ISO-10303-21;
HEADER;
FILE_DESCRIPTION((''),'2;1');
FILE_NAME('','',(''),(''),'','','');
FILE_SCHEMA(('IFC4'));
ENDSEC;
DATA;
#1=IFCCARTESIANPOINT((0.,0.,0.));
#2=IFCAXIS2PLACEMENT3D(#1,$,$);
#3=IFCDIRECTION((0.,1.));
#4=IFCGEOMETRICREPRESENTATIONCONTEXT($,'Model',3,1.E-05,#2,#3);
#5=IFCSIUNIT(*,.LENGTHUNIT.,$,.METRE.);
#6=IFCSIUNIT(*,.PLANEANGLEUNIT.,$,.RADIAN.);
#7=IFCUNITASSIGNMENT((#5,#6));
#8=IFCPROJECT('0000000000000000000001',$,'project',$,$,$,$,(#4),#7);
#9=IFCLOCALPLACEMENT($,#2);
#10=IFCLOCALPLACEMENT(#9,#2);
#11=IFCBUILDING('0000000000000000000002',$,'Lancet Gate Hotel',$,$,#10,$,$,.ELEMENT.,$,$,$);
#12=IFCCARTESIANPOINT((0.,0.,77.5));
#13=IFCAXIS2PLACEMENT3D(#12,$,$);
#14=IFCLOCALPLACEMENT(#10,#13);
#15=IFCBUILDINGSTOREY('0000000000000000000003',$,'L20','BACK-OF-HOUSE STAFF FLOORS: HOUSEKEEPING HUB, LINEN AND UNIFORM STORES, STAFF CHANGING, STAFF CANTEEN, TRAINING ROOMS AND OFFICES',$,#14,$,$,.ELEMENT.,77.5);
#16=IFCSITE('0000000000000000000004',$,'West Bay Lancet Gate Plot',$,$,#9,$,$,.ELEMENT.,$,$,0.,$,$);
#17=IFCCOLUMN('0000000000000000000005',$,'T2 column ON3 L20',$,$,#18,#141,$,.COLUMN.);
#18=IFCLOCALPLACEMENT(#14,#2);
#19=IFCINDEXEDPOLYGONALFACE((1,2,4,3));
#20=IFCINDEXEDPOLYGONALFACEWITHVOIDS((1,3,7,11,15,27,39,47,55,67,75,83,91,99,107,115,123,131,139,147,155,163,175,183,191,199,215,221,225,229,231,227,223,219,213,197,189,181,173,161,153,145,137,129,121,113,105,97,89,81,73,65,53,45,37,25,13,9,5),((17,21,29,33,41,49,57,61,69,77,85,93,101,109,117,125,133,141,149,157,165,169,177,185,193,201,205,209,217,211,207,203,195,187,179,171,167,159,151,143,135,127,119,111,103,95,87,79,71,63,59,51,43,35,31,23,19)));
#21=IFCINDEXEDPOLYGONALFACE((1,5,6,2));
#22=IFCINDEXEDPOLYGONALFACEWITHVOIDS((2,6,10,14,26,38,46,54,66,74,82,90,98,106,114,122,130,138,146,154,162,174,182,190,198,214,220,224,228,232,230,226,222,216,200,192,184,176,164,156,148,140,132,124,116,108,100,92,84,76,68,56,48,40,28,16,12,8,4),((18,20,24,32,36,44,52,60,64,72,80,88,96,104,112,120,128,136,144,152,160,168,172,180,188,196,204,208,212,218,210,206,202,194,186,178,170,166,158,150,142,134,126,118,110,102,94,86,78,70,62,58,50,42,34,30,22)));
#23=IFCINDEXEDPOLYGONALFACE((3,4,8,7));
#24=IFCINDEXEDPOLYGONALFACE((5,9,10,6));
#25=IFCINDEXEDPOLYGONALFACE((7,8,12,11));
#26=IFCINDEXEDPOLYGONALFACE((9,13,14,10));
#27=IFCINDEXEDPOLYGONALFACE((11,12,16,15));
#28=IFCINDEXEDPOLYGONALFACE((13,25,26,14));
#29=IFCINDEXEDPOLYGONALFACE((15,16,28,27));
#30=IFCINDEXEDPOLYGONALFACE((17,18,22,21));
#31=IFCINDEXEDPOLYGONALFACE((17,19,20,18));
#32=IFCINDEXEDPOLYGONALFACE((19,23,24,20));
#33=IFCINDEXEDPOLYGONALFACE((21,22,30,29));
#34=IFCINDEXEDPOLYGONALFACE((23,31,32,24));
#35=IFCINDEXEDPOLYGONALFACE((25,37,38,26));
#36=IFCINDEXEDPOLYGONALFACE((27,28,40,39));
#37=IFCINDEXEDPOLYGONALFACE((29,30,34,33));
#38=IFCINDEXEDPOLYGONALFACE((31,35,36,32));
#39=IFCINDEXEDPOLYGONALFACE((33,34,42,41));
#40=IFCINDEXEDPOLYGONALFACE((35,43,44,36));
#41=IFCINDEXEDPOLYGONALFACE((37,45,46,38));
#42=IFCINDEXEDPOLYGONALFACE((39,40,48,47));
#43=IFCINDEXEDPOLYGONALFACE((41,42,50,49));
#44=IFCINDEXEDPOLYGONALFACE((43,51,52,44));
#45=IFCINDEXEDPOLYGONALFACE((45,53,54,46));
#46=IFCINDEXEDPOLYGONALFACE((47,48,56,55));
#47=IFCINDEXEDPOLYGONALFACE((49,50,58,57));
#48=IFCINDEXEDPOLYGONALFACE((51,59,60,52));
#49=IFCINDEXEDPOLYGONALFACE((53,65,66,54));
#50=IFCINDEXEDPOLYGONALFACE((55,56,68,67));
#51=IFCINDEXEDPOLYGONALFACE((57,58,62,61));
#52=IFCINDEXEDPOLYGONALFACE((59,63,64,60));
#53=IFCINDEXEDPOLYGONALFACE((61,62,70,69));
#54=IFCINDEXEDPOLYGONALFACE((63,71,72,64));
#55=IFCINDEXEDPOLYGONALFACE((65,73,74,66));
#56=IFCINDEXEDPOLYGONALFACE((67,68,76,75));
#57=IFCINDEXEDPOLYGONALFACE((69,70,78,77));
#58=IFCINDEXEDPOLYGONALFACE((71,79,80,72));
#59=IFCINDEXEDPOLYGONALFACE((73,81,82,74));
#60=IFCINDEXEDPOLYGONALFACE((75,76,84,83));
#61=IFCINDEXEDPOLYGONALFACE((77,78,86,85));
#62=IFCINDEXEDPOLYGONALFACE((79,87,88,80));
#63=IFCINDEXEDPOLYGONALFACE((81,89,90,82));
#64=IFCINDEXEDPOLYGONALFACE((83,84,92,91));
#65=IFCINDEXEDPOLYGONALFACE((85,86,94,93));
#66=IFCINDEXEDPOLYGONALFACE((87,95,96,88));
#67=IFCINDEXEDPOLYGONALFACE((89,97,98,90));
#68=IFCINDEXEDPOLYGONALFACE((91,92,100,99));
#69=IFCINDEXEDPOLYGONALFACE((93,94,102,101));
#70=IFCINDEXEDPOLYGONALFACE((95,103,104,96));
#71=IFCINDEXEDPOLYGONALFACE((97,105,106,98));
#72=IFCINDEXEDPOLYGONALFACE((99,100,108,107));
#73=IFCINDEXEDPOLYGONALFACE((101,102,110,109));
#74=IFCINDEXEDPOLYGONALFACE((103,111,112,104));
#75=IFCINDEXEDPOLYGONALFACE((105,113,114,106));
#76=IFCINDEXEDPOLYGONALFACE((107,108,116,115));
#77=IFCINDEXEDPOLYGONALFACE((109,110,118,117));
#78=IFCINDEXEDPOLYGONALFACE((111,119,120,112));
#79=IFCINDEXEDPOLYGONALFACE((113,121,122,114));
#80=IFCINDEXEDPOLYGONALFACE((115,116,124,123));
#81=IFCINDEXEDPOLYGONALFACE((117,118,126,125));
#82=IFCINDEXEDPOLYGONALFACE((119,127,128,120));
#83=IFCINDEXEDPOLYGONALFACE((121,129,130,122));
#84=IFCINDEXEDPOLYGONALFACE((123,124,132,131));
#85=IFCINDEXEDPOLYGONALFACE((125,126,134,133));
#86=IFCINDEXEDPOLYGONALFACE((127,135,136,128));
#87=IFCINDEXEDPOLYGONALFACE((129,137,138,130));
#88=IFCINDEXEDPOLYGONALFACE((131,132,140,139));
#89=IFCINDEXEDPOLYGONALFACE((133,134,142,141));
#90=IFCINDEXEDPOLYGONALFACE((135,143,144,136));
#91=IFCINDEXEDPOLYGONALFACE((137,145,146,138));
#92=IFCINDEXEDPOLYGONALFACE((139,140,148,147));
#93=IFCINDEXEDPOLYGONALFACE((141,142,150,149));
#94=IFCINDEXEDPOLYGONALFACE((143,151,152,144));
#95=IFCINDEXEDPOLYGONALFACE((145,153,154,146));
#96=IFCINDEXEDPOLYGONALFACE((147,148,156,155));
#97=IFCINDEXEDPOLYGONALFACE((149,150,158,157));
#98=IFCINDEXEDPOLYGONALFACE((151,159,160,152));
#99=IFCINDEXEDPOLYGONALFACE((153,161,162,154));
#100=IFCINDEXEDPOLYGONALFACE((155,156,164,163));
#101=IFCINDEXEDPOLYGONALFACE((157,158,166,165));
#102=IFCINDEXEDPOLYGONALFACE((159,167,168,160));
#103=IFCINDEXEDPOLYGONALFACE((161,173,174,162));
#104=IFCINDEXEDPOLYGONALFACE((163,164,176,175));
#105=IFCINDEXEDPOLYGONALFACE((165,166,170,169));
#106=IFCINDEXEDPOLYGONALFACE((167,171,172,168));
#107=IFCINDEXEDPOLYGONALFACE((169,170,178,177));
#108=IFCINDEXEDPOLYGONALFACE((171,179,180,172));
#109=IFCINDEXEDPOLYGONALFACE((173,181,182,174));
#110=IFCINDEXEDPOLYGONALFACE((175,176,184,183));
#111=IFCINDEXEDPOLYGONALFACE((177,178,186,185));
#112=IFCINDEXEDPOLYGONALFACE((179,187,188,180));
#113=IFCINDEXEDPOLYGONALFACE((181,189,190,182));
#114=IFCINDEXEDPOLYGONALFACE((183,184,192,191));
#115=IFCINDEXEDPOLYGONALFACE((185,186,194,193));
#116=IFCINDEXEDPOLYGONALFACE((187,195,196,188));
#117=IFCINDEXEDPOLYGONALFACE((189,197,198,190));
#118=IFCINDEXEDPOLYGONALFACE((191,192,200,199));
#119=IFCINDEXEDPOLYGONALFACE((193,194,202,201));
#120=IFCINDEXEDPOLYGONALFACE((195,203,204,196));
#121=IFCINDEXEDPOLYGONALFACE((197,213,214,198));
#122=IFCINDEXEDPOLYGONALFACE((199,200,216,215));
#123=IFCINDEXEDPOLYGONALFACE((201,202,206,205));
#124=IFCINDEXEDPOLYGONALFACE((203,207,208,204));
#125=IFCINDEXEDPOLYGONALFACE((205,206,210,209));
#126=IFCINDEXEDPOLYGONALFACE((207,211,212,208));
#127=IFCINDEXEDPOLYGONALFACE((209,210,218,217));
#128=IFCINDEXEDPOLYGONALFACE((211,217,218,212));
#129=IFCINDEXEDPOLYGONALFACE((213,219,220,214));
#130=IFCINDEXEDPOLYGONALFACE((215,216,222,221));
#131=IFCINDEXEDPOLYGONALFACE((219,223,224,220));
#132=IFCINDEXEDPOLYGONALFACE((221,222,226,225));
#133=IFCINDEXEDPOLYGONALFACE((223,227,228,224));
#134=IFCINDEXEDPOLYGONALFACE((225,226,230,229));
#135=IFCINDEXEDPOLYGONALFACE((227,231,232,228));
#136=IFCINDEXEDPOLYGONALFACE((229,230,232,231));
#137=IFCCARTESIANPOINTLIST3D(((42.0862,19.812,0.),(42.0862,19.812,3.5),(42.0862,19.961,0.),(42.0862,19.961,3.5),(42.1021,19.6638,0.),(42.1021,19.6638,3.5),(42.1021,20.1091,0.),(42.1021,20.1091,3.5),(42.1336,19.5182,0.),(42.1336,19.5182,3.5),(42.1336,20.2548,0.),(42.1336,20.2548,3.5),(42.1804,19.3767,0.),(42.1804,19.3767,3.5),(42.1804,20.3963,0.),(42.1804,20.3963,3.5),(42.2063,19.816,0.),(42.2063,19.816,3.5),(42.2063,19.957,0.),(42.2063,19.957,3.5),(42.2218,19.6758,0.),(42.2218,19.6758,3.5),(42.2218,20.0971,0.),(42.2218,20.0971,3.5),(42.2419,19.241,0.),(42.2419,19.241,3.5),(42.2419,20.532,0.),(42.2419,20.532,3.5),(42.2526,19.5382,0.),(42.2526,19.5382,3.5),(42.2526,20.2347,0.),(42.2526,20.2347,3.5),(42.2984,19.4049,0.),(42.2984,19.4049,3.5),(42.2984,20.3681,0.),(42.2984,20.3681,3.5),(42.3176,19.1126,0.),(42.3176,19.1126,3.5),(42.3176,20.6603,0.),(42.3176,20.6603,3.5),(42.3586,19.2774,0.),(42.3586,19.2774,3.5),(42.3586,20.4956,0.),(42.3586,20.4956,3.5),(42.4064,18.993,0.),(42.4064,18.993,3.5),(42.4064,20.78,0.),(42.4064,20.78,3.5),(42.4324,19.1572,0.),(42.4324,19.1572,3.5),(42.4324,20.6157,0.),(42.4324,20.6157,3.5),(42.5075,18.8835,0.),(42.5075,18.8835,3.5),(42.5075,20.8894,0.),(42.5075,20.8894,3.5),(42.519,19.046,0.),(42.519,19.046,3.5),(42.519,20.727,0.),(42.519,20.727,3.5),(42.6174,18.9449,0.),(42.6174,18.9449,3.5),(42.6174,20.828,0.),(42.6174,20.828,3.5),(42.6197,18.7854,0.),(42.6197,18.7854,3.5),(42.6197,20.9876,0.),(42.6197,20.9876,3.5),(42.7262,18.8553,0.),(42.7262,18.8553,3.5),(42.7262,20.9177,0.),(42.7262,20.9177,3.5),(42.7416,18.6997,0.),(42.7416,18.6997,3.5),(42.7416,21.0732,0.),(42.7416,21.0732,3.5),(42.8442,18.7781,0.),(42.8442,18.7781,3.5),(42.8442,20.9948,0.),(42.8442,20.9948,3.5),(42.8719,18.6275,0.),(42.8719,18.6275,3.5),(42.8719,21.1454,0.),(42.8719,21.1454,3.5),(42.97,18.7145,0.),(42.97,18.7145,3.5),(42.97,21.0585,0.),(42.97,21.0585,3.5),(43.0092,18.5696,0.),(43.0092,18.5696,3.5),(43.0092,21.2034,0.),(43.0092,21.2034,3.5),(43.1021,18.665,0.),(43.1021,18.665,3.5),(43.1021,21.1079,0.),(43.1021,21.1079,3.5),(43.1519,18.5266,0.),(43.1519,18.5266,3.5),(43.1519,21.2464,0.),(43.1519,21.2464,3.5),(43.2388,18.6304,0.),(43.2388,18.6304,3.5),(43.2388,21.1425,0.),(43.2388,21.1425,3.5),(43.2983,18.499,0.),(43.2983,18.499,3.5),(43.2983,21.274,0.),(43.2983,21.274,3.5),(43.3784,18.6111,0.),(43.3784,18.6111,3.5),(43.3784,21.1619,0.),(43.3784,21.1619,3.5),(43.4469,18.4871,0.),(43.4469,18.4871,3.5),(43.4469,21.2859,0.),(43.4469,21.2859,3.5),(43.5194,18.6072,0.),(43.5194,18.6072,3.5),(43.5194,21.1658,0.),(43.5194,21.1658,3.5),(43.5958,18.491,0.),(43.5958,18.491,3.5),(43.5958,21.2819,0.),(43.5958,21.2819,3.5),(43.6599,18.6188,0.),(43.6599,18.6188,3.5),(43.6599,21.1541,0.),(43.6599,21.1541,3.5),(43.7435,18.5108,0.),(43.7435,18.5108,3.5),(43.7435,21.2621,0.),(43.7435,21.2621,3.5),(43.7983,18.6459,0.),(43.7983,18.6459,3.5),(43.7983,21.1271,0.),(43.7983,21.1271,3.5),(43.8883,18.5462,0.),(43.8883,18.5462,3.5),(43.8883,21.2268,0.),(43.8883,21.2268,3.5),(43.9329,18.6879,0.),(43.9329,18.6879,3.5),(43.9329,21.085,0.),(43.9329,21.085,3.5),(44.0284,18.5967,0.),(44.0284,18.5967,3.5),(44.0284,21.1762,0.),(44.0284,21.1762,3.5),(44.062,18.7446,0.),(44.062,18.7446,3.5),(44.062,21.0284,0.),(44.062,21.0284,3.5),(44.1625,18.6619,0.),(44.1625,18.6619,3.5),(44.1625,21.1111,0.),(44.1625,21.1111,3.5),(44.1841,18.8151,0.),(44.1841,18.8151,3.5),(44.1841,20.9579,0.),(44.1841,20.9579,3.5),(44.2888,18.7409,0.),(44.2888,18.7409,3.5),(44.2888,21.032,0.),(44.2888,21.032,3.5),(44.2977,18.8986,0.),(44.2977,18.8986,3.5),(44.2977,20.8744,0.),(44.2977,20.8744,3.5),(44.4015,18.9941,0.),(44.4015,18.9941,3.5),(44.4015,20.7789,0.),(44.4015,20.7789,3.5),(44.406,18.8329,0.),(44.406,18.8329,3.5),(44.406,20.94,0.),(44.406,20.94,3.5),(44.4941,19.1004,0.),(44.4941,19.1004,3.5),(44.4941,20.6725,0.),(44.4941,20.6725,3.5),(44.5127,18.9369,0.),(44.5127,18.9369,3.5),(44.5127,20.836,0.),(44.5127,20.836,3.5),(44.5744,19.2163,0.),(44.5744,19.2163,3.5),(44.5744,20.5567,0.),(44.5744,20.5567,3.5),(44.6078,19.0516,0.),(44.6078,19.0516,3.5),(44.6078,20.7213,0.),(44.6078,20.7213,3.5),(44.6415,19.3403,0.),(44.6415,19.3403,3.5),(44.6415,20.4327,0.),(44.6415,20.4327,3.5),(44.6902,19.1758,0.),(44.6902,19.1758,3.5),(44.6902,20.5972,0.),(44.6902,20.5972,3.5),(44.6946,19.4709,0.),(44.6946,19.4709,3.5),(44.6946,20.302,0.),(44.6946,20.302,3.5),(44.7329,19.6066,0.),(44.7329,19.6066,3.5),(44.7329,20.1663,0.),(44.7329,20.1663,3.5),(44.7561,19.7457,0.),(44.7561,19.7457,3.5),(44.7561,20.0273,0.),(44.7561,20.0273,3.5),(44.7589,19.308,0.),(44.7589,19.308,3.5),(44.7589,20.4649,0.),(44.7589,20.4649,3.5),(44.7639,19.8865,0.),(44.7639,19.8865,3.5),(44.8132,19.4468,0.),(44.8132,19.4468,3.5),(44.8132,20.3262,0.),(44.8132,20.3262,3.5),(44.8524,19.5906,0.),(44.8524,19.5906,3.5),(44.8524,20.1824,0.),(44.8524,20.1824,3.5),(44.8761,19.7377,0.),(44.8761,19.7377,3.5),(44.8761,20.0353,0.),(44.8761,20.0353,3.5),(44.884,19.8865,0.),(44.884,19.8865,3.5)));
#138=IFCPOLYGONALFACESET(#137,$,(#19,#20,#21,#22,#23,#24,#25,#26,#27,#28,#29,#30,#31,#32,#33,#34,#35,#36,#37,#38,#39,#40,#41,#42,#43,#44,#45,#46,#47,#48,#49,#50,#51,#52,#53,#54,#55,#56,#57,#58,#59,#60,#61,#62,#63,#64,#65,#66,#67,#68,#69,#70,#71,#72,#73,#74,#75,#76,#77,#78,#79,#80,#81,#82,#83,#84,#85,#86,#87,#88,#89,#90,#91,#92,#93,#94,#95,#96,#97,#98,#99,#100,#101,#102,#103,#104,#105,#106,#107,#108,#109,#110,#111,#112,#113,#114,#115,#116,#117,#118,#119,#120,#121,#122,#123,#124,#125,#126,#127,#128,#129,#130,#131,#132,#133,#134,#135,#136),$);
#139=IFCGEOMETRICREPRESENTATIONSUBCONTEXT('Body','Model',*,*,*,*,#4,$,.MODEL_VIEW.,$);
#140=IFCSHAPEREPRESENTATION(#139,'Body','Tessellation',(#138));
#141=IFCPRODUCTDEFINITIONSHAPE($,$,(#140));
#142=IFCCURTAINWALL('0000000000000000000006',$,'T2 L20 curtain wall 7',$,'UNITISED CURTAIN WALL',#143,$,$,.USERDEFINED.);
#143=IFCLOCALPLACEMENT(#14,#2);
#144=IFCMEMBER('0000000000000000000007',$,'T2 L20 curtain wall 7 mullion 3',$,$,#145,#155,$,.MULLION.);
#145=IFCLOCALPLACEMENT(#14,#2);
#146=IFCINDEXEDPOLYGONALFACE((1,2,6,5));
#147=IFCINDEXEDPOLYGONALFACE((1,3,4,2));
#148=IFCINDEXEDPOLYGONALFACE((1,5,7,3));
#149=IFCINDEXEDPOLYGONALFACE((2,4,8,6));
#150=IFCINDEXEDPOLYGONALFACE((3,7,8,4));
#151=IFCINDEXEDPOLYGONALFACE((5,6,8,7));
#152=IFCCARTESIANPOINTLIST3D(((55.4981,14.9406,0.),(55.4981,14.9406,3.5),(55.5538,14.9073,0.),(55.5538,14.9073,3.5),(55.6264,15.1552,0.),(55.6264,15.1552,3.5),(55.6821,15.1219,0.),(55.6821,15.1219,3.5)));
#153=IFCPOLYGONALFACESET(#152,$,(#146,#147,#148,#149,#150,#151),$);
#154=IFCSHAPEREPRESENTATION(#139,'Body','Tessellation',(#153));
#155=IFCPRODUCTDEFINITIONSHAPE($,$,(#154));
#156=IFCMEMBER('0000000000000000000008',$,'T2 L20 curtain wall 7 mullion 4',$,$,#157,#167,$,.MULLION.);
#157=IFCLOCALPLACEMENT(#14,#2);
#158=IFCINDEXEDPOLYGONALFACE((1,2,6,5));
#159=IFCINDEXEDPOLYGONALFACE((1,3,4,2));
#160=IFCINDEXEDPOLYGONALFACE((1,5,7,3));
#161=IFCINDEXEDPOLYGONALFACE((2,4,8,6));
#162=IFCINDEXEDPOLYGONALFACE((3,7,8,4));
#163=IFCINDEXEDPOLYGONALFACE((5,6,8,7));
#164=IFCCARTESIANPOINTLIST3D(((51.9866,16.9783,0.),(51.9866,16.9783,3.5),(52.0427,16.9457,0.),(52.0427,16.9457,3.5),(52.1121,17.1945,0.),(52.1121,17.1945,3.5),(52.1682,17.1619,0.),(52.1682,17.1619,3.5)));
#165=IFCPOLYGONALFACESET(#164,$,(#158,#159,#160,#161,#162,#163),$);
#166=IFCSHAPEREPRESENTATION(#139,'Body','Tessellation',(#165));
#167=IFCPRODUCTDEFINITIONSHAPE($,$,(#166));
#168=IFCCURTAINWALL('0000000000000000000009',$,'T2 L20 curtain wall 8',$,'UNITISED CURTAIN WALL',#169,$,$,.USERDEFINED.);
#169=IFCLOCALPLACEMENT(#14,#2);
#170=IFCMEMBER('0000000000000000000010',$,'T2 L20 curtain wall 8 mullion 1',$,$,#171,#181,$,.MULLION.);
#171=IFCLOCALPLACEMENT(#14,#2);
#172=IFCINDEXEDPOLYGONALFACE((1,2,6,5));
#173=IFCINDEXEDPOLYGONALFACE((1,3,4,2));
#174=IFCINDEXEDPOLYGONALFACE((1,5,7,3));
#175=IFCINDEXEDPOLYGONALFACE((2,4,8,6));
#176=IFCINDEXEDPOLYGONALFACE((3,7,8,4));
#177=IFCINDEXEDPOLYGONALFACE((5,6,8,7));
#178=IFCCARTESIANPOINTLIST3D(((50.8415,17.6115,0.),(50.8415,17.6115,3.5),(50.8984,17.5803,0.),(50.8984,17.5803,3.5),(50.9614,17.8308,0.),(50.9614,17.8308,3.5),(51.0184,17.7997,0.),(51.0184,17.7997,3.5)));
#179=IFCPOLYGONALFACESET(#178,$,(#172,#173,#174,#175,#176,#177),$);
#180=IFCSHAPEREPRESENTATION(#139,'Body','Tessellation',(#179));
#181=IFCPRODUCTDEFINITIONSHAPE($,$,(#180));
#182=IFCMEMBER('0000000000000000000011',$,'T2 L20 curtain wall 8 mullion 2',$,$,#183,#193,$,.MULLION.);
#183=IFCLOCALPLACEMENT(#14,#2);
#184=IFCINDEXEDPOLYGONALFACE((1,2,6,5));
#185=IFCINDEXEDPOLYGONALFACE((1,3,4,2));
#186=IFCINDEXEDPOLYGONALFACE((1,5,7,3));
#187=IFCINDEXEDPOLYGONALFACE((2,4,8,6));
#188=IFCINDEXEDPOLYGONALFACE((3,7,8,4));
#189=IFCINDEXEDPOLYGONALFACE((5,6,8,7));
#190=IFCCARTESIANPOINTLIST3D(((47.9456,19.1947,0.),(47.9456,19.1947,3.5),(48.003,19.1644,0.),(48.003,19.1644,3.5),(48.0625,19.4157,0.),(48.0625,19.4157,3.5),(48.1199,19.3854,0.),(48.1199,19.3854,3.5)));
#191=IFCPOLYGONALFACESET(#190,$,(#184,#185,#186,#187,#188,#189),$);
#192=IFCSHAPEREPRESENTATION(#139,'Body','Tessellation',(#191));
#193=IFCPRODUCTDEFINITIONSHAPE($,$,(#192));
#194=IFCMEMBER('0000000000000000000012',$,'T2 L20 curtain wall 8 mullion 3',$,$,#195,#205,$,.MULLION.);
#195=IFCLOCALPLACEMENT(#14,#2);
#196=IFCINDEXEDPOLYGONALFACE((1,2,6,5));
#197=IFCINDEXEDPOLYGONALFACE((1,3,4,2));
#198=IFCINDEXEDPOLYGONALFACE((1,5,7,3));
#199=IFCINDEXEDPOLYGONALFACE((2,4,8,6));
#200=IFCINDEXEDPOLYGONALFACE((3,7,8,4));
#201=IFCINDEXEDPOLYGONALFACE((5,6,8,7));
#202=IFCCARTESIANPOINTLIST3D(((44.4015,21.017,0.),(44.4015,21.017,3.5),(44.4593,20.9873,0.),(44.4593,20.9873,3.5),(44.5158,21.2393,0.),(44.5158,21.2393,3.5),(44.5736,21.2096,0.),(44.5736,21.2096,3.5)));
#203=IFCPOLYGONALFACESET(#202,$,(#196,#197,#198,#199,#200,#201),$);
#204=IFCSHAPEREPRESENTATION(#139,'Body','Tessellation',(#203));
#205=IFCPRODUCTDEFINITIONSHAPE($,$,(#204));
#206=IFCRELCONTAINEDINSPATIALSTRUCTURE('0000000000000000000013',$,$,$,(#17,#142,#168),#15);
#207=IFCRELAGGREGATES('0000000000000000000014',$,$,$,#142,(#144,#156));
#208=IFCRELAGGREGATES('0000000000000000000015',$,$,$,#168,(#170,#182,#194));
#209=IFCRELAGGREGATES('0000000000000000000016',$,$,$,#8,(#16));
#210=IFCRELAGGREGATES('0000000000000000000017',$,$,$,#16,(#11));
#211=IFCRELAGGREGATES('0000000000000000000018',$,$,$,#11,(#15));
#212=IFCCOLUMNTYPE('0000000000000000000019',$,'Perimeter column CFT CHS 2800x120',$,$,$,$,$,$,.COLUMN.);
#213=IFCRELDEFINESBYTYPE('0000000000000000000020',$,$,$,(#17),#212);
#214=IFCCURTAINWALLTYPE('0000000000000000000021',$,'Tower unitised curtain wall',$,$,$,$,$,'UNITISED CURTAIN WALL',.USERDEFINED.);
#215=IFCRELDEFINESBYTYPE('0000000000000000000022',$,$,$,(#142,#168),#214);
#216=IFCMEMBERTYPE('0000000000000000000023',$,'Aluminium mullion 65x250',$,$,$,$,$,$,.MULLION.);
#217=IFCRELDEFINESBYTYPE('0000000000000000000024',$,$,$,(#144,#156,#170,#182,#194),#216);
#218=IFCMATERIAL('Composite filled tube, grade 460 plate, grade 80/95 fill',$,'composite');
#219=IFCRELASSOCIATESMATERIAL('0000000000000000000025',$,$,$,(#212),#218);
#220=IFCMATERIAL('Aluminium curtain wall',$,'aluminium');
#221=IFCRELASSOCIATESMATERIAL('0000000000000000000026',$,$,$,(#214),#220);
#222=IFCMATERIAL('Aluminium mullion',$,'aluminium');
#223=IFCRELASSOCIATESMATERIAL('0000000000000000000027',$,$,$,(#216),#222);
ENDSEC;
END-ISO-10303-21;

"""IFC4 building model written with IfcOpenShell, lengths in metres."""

from ifc_helpers import new_model, si_unit, direction, frame, origin, origin_2d, place, context, subcontext, project, spatial, rectangle, hollow_circle, extrude, material, material_profile, profile_set, type_object, element, aggregate, save


model = new_model("IFC4")

# Units and contexts
model_context = context("Model", 3, precision=1e-05, world=origin(), true_north=direction((0.0, 1.0)))
body_context = subcontext(model_context, "Body", "Model", "MODEL_VIEW")
ifc_project = project(units=[si_unit("LENGTHUNIT", "METRE"), si_unit("PLANEANGLEUNIT", "RADIAN")], contexts=[model_context])

# Site, building, storey
site_placement = place(None, origin())
site = spatial("IfcSite", under=ifc_project, at=site_placement, Name="West Bay Lancet Gate Plot", CompositionType="ELEMENT", RefElevation=0.0)
building_placement = place(site_placement, origin())
building = spatial("IfcBuilding", under=site, at=building_placement, Name="Lancet Gate Hotel", CompositionType="ELEMENT")
storey_placement = place(building_placement, frame((0.0, 0.0, 77.5)))
storey = spatial("IfcBuildingStorey", under=building, at=storey_placement, Name="L20", Description="BACK-OF-HOUSE STAFF FLOORS: HOUSEKEEPING HUB, LINEN AND UNIFORM STORES, STAFF CHANGING, STAFF CANTEEN, TRAINING ROOMS AND OFFICES", CompositionType="ELEMENT", Elevation=77.5)

# Column
ifc_material_1 = material(Name="Composite filled tube, grade 460 plate, grade 80/95 fill", Category="composite")
ifc_material_profile_1 = material_profile(ifc_material_1, hollow_circle(Radius=1.3999, WallThickness=0.1201, at=origin_2d()), Name="CHS 2800x120")
ifc_profile_set_1 = profile_set([ifc_material_profile_1], Name="Composite filled tube, grade 460 plate, grade 80/95 fill")
column_type = type_object("IfcColumnType", Name="Perimeter column CFT CHS 2800x120", PredefinedType="COLUMN", material=ifc_profile_set_1)
for number, where, z_axis, x_axis, name in (
    (1, (43.4841, 19.8865, 0.0), (0.0, 0.0, 1.0), (1.0, 0.0, 0.0), "T2 column ON3 L20"),
):
    element("IfcColumn", number, at=place(storey_placement, frame(where, z_axis=z_axis, x_axis=x_axis)), inside=storey, type_object=column_type, Name=name, PredefinedType="COLUMN", context=body_context, shape_type="SweptSolid", body=[
        extrude(hollow_circle(Radius=1.3999, WallThickness=0.1201, at=origin_2d()), origin(), (0.0, 0.0, 1.0), 3.5),
    ])

# Curtain walls, members
ifc_material_2 = material(Name="Aluminium curtain wall", Category="aluminium")
curtain_wall_type = type_object("IfcCurtainWallType", Name="Tower unitised curtain wall", ElementType="UNITISED CURTAIN WALL", PredefinedType="USERDEFINED", material=ifc_material_2)
curtain_wall_1_placement = place(storey_placement, origin())
curtain_wall_1 = element("IfcCurtainWall", 2, at=curtain_wall_1_placement, inside=storey, type_object=curtain_wall_type, Name="T2 L20 curtain wall 7", ObjectType="UNITISED CURTAIN WALL", PredefinedType="USERDEFINED")
ifc_material_3 = material(Name="Aluminium mullion", Category="aluminium")
ifc_material_profile_2 = material_profile(ifc_material_3, rectangle(XDim=0.0649, YDim=0.25, at=origin_2d()), Name="MULLION 65x250")
ifc_profile_set_2 = profile_set([ifc_material_profile_2], Name="Aluminium mullion")
member_type_1 = type_object("IfcMemberType", Name="Aluminium mullion 65x250", PredefinedType="MULLION", material=ifc_profile_set_2)
member_1_placement = place(storey_placement, frame((55.5901, 15.0312, 0.0), z_axis=(0.0, 0.0, 1.0), x_axis=(-0.858198, 0.513318, 0.0)))
member_1 = element("IfcMember", 3, at=member_1_placement, type_object=member_type_1, Name="T2 L20 curtain wall 7 mullion 3", PredefinedType="MULLION", context=body_context, shape_type="SweptSolid", body=[
    extrude(rectangle(XDim=0.0649, YDim=0.25, at=origin_2d()), origin(), (0.0, 0.0, 1.0), 3.5),
])
member_2_placement = place(storey_placement, frame((52.0774, 17.0701, 0.0), z_axis=(0.0, 0.0, 1.0), x_axis=(-0.864872, 0.501993, 0.0)))
member_2 = element("IfcMember", 4, at=member_2_placement, type_object=member_type_1, Name="T2 L20 curtain wall 7 mullion 4", PredefinedType="MULLION", context=body_context, shape_type="SweptSolid", body=[
    extrude(rectangle(XDim=0.0649, YDim=0.25, at=origin_2d()), origin(), (0.0, 0.0, 1.0), 3.5),
])
curtain_wall_2_placement = place(storey_placement, origin())
curtain_wall_2 = element("IfcCurtainWall", 5, at=curtain_wall_2_placement, inside=storey, type_object=curtain_wall_type, Name="T2 L20 curtain wall 8", ObjectType="UNITISED CURTAIN WALL", PredefinedType="USERDEFINED")
member_3_placement = place(storey_placement, frame((50.9299, 17.7056, 0.0), z_axis=(0.0, 0.0, 1.0), x_axis=(-0.877368, 0.479818, 0.0)))
member_3 = element("IfcMember", 6, at=member_3_placement, type_object=member_type_1, Name="T2 L20 curtain wall 8 mullion 1", PredefinedType="MULLION", context=body_context, shape_type="SweptSolid", body=[
    extrude(rectangle(XDim=0.0649, YDim=0.25, at=origin_2d()), origin(), (0.0, 0.0, 1.0), 3.5),
])
member_4_placement = place(storey_placement, frame((48.0327, 19.29, 0.0), z_axis=(0.0, 0.0, 1.0), x_axis=(-0.883963, 0.467557, 0.0)))
member_4 = element("IfcMember", 7, at=member_4_placement, type_object=member_type_1, Name="T2 L20 curtain wall 8 mullion 2", PredefinedType="MULLION", context=body_context, shape_type="SweptSolid", body=[
    extrude(rectangle(XDim=0.0649, YDim=0.25, at=origin_2d()), origin(), (0.0, 0.0, 1.0), 3.5),
])
member_5_placement = place(storey_placement, frame((44.4875, 21.1133, 0.0), z_axis=(0.0, 0.0, 1.0), x_axis=(-0.889296, 0.457332, 0.0)))
member_5 = element("IfcMember", 8, at=member_5_placement, type_object=member_type_1, Name="T2 L20 curtain wall 8 mullion 3", PredefinedType="MULLION", context=body_context, shape_type="SweptSolid", body=[
    extrude(rectangle(XDim=0.0649, YDim=0.25, at=origin_2d()), origin(), (0.0, 0.0, 1.0), 3.5),
])

aggregate(curtain_wall_1, [member_1, member_2])
aggregate(curtain_wall_2, [member_3, member_4, member_5])

save(model, "model.ifc")
